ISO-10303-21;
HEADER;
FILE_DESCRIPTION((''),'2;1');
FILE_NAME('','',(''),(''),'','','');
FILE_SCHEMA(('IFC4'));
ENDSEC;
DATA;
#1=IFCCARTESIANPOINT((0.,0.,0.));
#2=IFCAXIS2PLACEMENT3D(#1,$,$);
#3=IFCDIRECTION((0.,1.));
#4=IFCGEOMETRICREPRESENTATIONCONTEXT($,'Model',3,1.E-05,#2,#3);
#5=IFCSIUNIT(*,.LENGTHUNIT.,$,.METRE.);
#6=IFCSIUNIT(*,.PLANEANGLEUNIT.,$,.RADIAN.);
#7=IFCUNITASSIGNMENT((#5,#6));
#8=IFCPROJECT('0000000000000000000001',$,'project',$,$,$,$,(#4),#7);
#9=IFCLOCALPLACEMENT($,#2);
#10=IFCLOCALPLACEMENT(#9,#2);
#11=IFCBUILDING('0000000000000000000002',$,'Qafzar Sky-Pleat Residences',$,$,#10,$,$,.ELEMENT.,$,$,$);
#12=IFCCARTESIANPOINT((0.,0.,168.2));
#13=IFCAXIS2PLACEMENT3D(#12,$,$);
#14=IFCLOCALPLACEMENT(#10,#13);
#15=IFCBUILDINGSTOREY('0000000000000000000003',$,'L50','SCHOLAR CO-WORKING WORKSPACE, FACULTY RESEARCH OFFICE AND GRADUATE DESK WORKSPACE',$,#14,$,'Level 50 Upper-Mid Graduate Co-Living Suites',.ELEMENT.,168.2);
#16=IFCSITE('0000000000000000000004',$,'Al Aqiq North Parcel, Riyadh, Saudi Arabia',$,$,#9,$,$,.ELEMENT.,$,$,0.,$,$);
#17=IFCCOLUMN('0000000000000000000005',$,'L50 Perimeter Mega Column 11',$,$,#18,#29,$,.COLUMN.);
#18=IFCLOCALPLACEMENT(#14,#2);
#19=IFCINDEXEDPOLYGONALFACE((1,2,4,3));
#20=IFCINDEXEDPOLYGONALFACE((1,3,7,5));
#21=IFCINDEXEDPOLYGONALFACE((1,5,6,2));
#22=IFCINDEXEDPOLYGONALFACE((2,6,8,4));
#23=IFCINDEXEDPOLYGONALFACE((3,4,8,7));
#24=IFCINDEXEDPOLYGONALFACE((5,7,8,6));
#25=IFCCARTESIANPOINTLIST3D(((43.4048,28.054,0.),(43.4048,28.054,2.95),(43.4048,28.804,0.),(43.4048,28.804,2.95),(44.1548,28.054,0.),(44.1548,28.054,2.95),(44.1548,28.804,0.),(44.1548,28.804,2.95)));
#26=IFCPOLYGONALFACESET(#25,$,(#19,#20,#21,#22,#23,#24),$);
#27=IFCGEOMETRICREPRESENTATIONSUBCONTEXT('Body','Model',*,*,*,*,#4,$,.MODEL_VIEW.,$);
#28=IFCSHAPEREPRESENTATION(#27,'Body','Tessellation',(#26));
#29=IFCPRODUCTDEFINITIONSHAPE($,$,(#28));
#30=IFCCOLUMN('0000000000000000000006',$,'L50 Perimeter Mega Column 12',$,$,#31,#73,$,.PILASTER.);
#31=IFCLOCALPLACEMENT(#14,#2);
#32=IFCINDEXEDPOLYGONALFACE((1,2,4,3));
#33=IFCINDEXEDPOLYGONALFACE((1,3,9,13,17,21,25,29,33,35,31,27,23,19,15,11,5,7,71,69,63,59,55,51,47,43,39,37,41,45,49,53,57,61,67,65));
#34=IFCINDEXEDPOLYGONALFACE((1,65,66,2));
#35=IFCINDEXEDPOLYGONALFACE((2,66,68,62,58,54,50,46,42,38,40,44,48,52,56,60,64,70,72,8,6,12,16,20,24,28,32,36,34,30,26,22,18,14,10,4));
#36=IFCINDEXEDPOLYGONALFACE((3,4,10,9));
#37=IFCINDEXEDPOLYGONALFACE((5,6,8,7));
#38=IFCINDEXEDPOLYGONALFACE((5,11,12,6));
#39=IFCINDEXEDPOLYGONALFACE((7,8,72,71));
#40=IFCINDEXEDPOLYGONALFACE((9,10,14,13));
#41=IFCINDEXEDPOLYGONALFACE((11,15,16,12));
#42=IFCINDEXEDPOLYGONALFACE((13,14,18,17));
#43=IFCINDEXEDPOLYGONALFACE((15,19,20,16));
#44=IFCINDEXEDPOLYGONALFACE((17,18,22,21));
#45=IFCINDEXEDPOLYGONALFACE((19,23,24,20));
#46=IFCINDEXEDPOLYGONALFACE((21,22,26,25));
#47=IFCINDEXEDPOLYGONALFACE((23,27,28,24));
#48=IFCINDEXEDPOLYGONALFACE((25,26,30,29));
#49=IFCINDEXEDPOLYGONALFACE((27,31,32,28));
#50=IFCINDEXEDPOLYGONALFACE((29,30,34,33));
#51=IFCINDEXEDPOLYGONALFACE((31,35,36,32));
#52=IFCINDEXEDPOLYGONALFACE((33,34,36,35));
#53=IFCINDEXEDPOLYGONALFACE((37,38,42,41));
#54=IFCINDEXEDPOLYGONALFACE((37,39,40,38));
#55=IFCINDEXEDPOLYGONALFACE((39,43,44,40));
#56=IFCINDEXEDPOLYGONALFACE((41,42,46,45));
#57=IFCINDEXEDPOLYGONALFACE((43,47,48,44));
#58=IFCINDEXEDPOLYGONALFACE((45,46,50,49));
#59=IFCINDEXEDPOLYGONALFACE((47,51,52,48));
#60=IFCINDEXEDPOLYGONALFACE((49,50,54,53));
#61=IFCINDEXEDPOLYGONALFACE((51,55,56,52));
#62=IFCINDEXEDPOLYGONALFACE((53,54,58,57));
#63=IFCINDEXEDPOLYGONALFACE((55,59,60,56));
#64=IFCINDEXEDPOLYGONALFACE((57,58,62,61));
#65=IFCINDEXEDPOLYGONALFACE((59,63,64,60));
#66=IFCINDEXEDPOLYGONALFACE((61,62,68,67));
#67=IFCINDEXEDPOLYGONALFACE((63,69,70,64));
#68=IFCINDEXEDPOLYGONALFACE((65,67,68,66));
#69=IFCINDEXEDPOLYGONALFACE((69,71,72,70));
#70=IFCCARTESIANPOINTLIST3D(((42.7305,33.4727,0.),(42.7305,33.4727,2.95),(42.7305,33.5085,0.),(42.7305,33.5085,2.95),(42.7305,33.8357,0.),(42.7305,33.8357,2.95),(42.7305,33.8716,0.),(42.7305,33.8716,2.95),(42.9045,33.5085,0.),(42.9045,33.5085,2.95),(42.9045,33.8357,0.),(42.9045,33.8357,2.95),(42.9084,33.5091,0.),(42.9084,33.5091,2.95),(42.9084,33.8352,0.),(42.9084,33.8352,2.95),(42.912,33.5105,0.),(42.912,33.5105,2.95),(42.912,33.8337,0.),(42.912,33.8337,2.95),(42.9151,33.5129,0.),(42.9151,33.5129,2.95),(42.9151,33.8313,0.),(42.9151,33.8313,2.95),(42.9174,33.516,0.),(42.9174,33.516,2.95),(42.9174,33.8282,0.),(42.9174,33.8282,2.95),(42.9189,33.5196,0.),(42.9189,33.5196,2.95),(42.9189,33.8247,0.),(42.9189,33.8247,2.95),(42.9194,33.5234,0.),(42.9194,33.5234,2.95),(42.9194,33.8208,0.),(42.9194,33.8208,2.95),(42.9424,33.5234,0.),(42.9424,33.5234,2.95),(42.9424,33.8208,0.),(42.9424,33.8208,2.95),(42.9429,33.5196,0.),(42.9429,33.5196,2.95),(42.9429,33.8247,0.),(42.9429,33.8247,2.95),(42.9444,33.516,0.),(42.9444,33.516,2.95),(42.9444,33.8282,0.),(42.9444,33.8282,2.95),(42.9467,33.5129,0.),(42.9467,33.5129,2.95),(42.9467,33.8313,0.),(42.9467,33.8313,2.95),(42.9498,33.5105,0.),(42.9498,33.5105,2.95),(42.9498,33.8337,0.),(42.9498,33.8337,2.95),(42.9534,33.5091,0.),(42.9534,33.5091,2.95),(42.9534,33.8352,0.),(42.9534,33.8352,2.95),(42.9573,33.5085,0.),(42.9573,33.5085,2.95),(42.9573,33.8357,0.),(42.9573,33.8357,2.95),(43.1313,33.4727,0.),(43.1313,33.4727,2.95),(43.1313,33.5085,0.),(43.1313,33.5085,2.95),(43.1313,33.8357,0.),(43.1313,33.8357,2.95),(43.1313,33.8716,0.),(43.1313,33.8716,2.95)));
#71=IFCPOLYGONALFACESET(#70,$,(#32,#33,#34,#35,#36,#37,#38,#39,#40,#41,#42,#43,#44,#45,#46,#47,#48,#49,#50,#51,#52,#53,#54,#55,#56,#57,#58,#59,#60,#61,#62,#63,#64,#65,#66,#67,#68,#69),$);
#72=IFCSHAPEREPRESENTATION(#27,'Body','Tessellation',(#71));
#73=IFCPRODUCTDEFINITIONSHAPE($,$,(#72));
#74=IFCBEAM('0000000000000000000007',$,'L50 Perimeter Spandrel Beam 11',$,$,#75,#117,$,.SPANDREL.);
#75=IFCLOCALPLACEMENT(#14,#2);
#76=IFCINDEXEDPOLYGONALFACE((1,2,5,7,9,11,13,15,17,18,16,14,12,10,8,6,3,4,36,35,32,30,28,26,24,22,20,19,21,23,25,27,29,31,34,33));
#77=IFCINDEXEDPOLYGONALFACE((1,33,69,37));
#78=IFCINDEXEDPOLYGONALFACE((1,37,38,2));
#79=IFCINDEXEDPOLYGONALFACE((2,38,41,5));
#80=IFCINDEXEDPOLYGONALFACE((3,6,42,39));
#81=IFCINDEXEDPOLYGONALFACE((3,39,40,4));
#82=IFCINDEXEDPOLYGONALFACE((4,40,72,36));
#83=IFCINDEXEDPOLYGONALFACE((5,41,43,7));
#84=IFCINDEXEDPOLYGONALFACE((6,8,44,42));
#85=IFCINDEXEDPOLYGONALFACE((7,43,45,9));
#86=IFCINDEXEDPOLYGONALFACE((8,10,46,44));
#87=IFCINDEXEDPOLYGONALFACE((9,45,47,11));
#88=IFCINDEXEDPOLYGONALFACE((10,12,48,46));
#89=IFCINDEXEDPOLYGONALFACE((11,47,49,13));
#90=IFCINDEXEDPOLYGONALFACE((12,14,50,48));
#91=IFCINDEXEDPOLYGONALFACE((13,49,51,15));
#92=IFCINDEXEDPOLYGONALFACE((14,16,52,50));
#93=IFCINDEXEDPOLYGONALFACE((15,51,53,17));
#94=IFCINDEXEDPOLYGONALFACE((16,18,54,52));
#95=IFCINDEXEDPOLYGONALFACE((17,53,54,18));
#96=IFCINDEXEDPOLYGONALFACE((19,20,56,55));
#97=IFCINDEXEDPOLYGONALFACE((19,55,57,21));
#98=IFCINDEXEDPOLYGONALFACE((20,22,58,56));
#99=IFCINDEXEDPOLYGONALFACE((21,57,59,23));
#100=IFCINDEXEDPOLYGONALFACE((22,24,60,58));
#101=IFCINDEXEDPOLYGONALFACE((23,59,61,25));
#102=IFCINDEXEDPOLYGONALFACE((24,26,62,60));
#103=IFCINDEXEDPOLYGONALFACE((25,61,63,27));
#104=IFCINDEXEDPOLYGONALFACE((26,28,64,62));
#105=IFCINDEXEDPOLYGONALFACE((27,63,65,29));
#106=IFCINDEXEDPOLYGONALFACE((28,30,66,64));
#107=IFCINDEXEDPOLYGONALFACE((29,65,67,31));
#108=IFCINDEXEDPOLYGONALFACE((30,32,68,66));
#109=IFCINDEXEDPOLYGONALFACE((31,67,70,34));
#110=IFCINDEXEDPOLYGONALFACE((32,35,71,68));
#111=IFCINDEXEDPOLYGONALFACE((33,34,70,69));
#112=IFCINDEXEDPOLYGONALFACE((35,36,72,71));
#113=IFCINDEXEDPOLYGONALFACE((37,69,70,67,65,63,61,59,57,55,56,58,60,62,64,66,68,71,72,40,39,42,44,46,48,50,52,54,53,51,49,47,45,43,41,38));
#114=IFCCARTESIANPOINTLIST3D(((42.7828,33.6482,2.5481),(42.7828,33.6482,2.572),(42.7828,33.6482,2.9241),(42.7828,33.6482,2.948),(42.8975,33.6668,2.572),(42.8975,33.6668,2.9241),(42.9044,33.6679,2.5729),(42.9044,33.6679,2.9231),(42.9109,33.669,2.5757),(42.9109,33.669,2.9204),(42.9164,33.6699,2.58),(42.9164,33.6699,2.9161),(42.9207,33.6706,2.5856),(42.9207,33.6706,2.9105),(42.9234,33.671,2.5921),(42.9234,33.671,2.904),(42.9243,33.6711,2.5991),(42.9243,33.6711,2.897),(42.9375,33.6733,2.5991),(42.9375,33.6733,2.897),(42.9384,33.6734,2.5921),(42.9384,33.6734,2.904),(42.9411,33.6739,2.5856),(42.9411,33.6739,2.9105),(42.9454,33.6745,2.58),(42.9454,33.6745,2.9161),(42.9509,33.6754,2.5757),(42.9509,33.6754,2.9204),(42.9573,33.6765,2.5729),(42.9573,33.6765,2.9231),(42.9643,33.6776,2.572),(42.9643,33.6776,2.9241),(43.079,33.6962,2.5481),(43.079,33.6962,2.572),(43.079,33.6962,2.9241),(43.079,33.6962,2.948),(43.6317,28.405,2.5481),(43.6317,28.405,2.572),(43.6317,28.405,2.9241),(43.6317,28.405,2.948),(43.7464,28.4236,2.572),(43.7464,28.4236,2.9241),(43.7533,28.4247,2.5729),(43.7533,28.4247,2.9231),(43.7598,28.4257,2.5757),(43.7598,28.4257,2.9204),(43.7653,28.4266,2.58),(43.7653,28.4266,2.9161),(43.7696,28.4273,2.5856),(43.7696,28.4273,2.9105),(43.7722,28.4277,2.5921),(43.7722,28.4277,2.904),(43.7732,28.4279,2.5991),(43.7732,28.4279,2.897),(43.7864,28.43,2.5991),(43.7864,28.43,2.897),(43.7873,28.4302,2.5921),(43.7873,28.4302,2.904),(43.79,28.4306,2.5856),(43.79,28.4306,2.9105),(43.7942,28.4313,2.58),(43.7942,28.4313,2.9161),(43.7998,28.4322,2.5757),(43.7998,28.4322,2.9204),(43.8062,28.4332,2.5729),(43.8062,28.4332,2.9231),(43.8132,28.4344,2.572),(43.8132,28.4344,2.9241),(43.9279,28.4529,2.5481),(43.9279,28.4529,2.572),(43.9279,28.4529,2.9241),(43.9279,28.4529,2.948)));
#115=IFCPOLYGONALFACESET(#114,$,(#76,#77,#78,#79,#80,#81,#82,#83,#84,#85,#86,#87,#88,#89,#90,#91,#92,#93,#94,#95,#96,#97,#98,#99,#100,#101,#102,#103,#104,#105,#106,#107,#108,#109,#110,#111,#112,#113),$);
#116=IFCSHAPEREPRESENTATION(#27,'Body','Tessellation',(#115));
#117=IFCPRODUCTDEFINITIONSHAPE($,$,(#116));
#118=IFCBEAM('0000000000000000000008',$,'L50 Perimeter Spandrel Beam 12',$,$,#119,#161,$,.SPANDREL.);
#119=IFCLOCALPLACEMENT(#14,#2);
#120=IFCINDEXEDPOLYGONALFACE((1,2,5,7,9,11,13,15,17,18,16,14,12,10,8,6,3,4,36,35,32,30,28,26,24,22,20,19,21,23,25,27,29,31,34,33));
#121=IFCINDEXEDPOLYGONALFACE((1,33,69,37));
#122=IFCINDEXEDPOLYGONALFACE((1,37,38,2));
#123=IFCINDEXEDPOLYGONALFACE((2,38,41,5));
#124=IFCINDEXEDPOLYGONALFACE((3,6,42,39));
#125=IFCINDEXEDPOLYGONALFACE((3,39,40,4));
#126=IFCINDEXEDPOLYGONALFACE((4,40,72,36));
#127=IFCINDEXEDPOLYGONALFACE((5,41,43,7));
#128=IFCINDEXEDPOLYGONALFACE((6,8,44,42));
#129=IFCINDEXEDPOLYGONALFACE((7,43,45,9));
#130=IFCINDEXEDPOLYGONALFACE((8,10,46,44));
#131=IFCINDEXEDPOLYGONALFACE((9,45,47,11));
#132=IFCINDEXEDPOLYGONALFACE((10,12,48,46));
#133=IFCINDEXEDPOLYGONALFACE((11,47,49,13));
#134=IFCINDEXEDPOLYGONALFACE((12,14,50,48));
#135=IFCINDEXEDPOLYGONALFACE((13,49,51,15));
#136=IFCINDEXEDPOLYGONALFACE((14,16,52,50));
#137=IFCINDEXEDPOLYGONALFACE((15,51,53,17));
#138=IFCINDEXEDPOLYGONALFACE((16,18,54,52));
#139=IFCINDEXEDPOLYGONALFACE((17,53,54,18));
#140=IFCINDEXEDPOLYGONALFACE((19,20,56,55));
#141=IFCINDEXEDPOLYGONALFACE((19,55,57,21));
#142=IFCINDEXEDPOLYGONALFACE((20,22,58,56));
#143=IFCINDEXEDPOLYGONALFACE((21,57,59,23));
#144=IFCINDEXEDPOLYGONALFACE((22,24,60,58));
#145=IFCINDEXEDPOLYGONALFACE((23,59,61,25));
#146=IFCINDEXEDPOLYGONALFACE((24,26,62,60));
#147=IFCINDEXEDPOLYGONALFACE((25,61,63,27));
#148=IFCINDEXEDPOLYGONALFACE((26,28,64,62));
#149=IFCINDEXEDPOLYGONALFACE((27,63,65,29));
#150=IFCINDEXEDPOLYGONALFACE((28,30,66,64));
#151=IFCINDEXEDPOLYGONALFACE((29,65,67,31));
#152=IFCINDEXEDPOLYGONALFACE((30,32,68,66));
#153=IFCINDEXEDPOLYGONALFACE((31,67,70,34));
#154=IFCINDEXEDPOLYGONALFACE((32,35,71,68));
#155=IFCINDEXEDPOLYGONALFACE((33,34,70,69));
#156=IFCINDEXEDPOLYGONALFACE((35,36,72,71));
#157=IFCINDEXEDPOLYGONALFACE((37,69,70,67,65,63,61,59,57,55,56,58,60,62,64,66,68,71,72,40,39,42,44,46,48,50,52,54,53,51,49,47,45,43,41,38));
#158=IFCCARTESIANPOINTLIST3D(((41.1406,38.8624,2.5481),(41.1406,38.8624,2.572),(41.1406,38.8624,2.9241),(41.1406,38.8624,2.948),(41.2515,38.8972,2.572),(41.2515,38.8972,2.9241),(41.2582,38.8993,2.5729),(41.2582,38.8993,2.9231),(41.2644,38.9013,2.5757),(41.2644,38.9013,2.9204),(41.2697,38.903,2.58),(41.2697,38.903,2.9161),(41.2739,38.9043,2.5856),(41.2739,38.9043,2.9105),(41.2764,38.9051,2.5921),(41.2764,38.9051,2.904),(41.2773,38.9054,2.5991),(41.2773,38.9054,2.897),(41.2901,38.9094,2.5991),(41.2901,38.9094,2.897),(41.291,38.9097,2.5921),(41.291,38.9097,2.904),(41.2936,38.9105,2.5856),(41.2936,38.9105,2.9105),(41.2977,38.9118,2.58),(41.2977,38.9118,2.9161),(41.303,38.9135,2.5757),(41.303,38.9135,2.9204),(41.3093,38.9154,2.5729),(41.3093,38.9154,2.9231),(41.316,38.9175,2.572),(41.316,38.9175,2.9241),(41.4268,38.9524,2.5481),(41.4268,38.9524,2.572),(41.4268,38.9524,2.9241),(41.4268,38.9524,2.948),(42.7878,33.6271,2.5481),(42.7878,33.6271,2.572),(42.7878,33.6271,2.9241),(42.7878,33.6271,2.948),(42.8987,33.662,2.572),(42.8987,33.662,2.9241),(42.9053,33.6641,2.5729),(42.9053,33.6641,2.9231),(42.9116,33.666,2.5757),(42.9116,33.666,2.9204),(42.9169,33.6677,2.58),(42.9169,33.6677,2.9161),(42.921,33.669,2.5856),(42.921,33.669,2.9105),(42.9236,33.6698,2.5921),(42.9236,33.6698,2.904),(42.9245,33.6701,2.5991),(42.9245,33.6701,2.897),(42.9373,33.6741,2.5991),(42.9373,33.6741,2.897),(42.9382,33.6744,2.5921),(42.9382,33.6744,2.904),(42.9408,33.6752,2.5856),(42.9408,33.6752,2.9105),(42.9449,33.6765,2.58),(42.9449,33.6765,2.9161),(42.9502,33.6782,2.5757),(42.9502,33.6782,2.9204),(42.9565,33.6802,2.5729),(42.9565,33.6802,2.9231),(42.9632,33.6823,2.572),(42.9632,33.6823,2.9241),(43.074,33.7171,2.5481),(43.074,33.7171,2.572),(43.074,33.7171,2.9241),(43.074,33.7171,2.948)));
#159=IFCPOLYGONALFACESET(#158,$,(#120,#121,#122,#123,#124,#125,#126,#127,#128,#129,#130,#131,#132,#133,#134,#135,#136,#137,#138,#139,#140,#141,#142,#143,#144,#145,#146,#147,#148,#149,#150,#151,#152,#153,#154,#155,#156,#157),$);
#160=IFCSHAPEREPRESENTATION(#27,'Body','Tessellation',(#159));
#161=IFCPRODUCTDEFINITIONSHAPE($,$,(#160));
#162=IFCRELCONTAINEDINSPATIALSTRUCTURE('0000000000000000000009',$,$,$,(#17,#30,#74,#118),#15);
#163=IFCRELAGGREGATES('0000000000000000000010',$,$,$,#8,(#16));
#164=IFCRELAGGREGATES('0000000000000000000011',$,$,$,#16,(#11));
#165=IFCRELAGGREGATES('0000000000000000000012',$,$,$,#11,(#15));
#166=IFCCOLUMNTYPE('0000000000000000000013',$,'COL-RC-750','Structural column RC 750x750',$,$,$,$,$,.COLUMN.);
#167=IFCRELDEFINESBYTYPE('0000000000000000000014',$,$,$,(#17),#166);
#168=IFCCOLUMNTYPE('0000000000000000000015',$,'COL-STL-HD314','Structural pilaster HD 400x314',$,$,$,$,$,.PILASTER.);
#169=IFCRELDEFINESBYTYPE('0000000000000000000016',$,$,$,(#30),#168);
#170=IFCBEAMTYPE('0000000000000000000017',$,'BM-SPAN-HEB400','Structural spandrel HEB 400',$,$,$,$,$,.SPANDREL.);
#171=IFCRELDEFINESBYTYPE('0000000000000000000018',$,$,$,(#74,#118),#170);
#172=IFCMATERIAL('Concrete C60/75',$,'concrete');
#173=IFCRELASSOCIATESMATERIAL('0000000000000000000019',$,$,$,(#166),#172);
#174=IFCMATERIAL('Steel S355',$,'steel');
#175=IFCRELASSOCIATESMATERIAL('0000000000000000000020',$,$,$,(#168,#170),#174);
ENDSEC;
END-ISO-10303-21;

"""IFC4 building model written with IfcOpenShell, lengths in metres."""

from ifc_helpers import new_model, si_unit, direction, frame, origin, origin_2d, place, context, subcontext, project, spatial, rectangle, i_section, extrude, source, transform, mapped, material, material_profile, profile_set, type_object, element, save


model = new_model("IFC4")

# Units and contexts
model_context = context("Model", 3, precision=1e-05, world=origin(), true_north=direction((0.0, 1.0)))
body_context = subcontext(model_context, "Body", "Model", "MODEL_VIEW")
ifc_project = project(units=[si_unit("LENGTHUNIT", "METRE"), si_unit("PLANEANGLEUNIT", "RADIAN")], contexts=[model_context])

# Site, building, storey
site_placement = place(None, origin())
site = spatial("IfcSite", under=ifc_project, at=site_placement, Name="Al Aqiq North Parcel, Riyadh, Saudi Arabia", CompositionType="ELEMENT", RefElevation=0.0)
building_placement = place(site_placement, origin())
building = spatial("IfcBuilding", under=site, at=building_placement, Name="Qafzar Sky-Pleat Residences", CompositionType="ELEMENT")
storey_placement = place(building_placement, frame((0.0, 0.0, 168.2)))
storey = spatial("IfcBuildingStorey", under=building, at=storey_placement, Name="L50", Description="SCHOLAR CO-WORKING WORKSPACE, FACULTY RESEARCH OFFICE AND GRADUATE DESK WORKSPACE", LongName="Level 50 Upper-Mid Graduate Co-Living Suites", CompositionType="ELEMENT", Elevation=168.2)

# Columns
ifc_material_1 = material(Name="Concrete C60/75", Category="concrete")
ifc_material_profile_1 = material_profile(ifc_material_1, rectangle(XDim=0.75, YDim=0.75, at=origin_2d()), Name="RC 750x750")
ifc_profile_set_1 = profile_set([ifc_material_profile_1], Name="Concrete C60/75")
column_type_1 = type_object("IfcColumnType", Name="COL-RC-750", Description="Structural column RC 750x750", PredefinedType="COLUMN", material=ifc_profile_set_1)
shared_shape_1 = source(origin(), body_context, "Body", "SweptSolid", [
    extrude(rectangle(XDim=0.75, YDim=0.75, at=origin_2d()), origin(), (0.0, 0.0, 1.0), 2.95),
])
column_1_placement = place(storey_placement, frame((43.7798, 28.429, 0.0), z_axis=(0.0, 0.0, 1.0), x_axis=(1.0, 0.0, 0.0)))
element("IfcColumn", 1, at=column_1_placement, inside=storey, type_object=column_type_1, Name="L50 Perimeter Mega Column 11", PredefinedType="COLUMN", context=body_context, shape_type="MappedRepresentation", body=[
    mapped(shared_shape_1, transform((0.0, 0.0, 0.0), x_axis=(1.0, 0.0, 0.0), y_axis=(0.0, 1.0, 0.0), z_axis=(0.0, 0.0, 1.0), scale=1.0)),
])
ifc_material_2 = material(Name="Steel S355", Category="steel")
ifc_material_profile_2 = material_profile(ifc_material_2, i_section(OverallWidth=0.4009, OverallDepth=0.3989, WebThickness=0.0229, FlangeThickness=0.0359, FilletRadius=0.0149, at=origin_2d()), Name="HD 400x314")
ifc_profile_set_2 = profile_set([ifc_material_profile_2], Name="Steel S355")
column_type_2 = type_object("IfcColumnType", Name="COL-STL-HD314", Description="Structural pilaster HD 400x314", PredefinedType="PILASTER", material=ifc_profile_set_2)
shared_shape_2 = source(origin(), body_context, "Body", "SweptSolid", [
    extrude(i_section(OverallWidth=0.4009, OverallDepth=0.3989, WebThickness=0.0229, FlangeThickness=0.0359, FilletRadius=0.0149, at=origin_2d()), origin(), (0.0, 0.0, 1.0), 2.95),
])
column_2_placement = place(storey_placement, frame((42.9309, 33.6721, 0.0), z_axis=(0.0, 0.0, 1.0), x_axis=(1.0, 0.0, 0.0)))
element("IfcColumn", 2, at=column_2_placement, inside=storey, type_object=column_type_2, Name="L50 Perimeter Mega Column 12", PredefinedType="PILASTER", context=body_context, shape_type="MappedRepresentation", body=[
    mapped(shared_shape_2, transform((0.0, 0.0, 0.0), x_axis=(1.0, 0.0, 0.0), y_axis=(0.0, 1.0, 0.0), z_axis=(0.0, 0.0, 1.0), scale=1.0)),
])

# Beams
ifc_material_profile_3 = material_profile(ifc_material_2, i_section(OverallWidth=0.3, OverallDepth=0.3999, WebThickness=0.0134, FlangeThickness=0.0239, FilletRadius=0.0271, at=origin_2d()), Name="HEB 400")
ifc_profile_set_3 = profile_set([ifc_material_profile_3], Name="Steel S355")
beam_type_1 = type_object("IfcBeamType", Name="BM-SPAN-HEB400", Description="Structural spandrel HEB 400", PredefinedType="SPANDREL", material=ifc_profile_set_3)
shared_shape_3 = source(origin(), body_context, "Body", "SweptSolid", [
    extrude(i_section(OverallWidth=0.3, OverallDepth=0.3999, WebThickness=0.0134, FlangeThickness=0.0239, FilletRadius=0.0271, at=origin_2d()), origin(), (0.0, 0.0, 1.0), 5.3115),
])
beam_1_placement = place(storey_placement, frame((43.7798, 28.429, 2.748), z_axis=(-0.159821, 0.987146, 0.0), x_axis=(-0.987146, -0.159821, 0.0)))
element("IfcBeam", 3, at=beam_1_placement, inside=storey, type_object=beam_type_1, Name="L50 Perimeter Spandrel Beam 11", PredefinedType="SPANDREL", context=body_context, shape_type="MappedRepresentation", body=[
    mapped(shared_shape_3, transform((0.0, 0.0, 0.0), x_axis=(1.0, 0.0, 0.0), y_axis=(0.0, 1.0, 0.0), z_axis=(0.0, 0.0, 1.0), scale=1.0)),
])
shared_shape_4 = source(origin(), body_context, "Body", "SweptSolid", [
    extrude(i_section(OverallWidth=0.3, OverallDepth=0.3999, WebThickness=0.0134, FlangeThickness=0.0239, FilletRadius=0.0271, at=origin_2d()), origin(), (0.0, 0.0, 1.0), 5.4883),
])
beam_2_placement = place(storey_placement, frame((42.9309, 33.6721, 2.748), z_axis=(-0.300128, 0.953899, 0.0), x_axis=(-0.953899, -0.300128, 0.0)))
element("IfcBeam", 4, at=beam_2_placement, inside=storey, type_object=beam_type_1, Name="L50 Perimeter Spandrel Beam 12", PredefinedType="SPANDREL", context=body_context, shape_type="MappedRepresentation", body=[
    mapped(shared_shape_4, transform((0.0, 0.0, 0.0), x_axis=(1.0, 0.0, 0.0), y_axis=(0.0, 1.0, 0.0), z_axis=(0.0, 0.0, 1.0), scale=1.0)),
])

save(model, "model.ifc")
